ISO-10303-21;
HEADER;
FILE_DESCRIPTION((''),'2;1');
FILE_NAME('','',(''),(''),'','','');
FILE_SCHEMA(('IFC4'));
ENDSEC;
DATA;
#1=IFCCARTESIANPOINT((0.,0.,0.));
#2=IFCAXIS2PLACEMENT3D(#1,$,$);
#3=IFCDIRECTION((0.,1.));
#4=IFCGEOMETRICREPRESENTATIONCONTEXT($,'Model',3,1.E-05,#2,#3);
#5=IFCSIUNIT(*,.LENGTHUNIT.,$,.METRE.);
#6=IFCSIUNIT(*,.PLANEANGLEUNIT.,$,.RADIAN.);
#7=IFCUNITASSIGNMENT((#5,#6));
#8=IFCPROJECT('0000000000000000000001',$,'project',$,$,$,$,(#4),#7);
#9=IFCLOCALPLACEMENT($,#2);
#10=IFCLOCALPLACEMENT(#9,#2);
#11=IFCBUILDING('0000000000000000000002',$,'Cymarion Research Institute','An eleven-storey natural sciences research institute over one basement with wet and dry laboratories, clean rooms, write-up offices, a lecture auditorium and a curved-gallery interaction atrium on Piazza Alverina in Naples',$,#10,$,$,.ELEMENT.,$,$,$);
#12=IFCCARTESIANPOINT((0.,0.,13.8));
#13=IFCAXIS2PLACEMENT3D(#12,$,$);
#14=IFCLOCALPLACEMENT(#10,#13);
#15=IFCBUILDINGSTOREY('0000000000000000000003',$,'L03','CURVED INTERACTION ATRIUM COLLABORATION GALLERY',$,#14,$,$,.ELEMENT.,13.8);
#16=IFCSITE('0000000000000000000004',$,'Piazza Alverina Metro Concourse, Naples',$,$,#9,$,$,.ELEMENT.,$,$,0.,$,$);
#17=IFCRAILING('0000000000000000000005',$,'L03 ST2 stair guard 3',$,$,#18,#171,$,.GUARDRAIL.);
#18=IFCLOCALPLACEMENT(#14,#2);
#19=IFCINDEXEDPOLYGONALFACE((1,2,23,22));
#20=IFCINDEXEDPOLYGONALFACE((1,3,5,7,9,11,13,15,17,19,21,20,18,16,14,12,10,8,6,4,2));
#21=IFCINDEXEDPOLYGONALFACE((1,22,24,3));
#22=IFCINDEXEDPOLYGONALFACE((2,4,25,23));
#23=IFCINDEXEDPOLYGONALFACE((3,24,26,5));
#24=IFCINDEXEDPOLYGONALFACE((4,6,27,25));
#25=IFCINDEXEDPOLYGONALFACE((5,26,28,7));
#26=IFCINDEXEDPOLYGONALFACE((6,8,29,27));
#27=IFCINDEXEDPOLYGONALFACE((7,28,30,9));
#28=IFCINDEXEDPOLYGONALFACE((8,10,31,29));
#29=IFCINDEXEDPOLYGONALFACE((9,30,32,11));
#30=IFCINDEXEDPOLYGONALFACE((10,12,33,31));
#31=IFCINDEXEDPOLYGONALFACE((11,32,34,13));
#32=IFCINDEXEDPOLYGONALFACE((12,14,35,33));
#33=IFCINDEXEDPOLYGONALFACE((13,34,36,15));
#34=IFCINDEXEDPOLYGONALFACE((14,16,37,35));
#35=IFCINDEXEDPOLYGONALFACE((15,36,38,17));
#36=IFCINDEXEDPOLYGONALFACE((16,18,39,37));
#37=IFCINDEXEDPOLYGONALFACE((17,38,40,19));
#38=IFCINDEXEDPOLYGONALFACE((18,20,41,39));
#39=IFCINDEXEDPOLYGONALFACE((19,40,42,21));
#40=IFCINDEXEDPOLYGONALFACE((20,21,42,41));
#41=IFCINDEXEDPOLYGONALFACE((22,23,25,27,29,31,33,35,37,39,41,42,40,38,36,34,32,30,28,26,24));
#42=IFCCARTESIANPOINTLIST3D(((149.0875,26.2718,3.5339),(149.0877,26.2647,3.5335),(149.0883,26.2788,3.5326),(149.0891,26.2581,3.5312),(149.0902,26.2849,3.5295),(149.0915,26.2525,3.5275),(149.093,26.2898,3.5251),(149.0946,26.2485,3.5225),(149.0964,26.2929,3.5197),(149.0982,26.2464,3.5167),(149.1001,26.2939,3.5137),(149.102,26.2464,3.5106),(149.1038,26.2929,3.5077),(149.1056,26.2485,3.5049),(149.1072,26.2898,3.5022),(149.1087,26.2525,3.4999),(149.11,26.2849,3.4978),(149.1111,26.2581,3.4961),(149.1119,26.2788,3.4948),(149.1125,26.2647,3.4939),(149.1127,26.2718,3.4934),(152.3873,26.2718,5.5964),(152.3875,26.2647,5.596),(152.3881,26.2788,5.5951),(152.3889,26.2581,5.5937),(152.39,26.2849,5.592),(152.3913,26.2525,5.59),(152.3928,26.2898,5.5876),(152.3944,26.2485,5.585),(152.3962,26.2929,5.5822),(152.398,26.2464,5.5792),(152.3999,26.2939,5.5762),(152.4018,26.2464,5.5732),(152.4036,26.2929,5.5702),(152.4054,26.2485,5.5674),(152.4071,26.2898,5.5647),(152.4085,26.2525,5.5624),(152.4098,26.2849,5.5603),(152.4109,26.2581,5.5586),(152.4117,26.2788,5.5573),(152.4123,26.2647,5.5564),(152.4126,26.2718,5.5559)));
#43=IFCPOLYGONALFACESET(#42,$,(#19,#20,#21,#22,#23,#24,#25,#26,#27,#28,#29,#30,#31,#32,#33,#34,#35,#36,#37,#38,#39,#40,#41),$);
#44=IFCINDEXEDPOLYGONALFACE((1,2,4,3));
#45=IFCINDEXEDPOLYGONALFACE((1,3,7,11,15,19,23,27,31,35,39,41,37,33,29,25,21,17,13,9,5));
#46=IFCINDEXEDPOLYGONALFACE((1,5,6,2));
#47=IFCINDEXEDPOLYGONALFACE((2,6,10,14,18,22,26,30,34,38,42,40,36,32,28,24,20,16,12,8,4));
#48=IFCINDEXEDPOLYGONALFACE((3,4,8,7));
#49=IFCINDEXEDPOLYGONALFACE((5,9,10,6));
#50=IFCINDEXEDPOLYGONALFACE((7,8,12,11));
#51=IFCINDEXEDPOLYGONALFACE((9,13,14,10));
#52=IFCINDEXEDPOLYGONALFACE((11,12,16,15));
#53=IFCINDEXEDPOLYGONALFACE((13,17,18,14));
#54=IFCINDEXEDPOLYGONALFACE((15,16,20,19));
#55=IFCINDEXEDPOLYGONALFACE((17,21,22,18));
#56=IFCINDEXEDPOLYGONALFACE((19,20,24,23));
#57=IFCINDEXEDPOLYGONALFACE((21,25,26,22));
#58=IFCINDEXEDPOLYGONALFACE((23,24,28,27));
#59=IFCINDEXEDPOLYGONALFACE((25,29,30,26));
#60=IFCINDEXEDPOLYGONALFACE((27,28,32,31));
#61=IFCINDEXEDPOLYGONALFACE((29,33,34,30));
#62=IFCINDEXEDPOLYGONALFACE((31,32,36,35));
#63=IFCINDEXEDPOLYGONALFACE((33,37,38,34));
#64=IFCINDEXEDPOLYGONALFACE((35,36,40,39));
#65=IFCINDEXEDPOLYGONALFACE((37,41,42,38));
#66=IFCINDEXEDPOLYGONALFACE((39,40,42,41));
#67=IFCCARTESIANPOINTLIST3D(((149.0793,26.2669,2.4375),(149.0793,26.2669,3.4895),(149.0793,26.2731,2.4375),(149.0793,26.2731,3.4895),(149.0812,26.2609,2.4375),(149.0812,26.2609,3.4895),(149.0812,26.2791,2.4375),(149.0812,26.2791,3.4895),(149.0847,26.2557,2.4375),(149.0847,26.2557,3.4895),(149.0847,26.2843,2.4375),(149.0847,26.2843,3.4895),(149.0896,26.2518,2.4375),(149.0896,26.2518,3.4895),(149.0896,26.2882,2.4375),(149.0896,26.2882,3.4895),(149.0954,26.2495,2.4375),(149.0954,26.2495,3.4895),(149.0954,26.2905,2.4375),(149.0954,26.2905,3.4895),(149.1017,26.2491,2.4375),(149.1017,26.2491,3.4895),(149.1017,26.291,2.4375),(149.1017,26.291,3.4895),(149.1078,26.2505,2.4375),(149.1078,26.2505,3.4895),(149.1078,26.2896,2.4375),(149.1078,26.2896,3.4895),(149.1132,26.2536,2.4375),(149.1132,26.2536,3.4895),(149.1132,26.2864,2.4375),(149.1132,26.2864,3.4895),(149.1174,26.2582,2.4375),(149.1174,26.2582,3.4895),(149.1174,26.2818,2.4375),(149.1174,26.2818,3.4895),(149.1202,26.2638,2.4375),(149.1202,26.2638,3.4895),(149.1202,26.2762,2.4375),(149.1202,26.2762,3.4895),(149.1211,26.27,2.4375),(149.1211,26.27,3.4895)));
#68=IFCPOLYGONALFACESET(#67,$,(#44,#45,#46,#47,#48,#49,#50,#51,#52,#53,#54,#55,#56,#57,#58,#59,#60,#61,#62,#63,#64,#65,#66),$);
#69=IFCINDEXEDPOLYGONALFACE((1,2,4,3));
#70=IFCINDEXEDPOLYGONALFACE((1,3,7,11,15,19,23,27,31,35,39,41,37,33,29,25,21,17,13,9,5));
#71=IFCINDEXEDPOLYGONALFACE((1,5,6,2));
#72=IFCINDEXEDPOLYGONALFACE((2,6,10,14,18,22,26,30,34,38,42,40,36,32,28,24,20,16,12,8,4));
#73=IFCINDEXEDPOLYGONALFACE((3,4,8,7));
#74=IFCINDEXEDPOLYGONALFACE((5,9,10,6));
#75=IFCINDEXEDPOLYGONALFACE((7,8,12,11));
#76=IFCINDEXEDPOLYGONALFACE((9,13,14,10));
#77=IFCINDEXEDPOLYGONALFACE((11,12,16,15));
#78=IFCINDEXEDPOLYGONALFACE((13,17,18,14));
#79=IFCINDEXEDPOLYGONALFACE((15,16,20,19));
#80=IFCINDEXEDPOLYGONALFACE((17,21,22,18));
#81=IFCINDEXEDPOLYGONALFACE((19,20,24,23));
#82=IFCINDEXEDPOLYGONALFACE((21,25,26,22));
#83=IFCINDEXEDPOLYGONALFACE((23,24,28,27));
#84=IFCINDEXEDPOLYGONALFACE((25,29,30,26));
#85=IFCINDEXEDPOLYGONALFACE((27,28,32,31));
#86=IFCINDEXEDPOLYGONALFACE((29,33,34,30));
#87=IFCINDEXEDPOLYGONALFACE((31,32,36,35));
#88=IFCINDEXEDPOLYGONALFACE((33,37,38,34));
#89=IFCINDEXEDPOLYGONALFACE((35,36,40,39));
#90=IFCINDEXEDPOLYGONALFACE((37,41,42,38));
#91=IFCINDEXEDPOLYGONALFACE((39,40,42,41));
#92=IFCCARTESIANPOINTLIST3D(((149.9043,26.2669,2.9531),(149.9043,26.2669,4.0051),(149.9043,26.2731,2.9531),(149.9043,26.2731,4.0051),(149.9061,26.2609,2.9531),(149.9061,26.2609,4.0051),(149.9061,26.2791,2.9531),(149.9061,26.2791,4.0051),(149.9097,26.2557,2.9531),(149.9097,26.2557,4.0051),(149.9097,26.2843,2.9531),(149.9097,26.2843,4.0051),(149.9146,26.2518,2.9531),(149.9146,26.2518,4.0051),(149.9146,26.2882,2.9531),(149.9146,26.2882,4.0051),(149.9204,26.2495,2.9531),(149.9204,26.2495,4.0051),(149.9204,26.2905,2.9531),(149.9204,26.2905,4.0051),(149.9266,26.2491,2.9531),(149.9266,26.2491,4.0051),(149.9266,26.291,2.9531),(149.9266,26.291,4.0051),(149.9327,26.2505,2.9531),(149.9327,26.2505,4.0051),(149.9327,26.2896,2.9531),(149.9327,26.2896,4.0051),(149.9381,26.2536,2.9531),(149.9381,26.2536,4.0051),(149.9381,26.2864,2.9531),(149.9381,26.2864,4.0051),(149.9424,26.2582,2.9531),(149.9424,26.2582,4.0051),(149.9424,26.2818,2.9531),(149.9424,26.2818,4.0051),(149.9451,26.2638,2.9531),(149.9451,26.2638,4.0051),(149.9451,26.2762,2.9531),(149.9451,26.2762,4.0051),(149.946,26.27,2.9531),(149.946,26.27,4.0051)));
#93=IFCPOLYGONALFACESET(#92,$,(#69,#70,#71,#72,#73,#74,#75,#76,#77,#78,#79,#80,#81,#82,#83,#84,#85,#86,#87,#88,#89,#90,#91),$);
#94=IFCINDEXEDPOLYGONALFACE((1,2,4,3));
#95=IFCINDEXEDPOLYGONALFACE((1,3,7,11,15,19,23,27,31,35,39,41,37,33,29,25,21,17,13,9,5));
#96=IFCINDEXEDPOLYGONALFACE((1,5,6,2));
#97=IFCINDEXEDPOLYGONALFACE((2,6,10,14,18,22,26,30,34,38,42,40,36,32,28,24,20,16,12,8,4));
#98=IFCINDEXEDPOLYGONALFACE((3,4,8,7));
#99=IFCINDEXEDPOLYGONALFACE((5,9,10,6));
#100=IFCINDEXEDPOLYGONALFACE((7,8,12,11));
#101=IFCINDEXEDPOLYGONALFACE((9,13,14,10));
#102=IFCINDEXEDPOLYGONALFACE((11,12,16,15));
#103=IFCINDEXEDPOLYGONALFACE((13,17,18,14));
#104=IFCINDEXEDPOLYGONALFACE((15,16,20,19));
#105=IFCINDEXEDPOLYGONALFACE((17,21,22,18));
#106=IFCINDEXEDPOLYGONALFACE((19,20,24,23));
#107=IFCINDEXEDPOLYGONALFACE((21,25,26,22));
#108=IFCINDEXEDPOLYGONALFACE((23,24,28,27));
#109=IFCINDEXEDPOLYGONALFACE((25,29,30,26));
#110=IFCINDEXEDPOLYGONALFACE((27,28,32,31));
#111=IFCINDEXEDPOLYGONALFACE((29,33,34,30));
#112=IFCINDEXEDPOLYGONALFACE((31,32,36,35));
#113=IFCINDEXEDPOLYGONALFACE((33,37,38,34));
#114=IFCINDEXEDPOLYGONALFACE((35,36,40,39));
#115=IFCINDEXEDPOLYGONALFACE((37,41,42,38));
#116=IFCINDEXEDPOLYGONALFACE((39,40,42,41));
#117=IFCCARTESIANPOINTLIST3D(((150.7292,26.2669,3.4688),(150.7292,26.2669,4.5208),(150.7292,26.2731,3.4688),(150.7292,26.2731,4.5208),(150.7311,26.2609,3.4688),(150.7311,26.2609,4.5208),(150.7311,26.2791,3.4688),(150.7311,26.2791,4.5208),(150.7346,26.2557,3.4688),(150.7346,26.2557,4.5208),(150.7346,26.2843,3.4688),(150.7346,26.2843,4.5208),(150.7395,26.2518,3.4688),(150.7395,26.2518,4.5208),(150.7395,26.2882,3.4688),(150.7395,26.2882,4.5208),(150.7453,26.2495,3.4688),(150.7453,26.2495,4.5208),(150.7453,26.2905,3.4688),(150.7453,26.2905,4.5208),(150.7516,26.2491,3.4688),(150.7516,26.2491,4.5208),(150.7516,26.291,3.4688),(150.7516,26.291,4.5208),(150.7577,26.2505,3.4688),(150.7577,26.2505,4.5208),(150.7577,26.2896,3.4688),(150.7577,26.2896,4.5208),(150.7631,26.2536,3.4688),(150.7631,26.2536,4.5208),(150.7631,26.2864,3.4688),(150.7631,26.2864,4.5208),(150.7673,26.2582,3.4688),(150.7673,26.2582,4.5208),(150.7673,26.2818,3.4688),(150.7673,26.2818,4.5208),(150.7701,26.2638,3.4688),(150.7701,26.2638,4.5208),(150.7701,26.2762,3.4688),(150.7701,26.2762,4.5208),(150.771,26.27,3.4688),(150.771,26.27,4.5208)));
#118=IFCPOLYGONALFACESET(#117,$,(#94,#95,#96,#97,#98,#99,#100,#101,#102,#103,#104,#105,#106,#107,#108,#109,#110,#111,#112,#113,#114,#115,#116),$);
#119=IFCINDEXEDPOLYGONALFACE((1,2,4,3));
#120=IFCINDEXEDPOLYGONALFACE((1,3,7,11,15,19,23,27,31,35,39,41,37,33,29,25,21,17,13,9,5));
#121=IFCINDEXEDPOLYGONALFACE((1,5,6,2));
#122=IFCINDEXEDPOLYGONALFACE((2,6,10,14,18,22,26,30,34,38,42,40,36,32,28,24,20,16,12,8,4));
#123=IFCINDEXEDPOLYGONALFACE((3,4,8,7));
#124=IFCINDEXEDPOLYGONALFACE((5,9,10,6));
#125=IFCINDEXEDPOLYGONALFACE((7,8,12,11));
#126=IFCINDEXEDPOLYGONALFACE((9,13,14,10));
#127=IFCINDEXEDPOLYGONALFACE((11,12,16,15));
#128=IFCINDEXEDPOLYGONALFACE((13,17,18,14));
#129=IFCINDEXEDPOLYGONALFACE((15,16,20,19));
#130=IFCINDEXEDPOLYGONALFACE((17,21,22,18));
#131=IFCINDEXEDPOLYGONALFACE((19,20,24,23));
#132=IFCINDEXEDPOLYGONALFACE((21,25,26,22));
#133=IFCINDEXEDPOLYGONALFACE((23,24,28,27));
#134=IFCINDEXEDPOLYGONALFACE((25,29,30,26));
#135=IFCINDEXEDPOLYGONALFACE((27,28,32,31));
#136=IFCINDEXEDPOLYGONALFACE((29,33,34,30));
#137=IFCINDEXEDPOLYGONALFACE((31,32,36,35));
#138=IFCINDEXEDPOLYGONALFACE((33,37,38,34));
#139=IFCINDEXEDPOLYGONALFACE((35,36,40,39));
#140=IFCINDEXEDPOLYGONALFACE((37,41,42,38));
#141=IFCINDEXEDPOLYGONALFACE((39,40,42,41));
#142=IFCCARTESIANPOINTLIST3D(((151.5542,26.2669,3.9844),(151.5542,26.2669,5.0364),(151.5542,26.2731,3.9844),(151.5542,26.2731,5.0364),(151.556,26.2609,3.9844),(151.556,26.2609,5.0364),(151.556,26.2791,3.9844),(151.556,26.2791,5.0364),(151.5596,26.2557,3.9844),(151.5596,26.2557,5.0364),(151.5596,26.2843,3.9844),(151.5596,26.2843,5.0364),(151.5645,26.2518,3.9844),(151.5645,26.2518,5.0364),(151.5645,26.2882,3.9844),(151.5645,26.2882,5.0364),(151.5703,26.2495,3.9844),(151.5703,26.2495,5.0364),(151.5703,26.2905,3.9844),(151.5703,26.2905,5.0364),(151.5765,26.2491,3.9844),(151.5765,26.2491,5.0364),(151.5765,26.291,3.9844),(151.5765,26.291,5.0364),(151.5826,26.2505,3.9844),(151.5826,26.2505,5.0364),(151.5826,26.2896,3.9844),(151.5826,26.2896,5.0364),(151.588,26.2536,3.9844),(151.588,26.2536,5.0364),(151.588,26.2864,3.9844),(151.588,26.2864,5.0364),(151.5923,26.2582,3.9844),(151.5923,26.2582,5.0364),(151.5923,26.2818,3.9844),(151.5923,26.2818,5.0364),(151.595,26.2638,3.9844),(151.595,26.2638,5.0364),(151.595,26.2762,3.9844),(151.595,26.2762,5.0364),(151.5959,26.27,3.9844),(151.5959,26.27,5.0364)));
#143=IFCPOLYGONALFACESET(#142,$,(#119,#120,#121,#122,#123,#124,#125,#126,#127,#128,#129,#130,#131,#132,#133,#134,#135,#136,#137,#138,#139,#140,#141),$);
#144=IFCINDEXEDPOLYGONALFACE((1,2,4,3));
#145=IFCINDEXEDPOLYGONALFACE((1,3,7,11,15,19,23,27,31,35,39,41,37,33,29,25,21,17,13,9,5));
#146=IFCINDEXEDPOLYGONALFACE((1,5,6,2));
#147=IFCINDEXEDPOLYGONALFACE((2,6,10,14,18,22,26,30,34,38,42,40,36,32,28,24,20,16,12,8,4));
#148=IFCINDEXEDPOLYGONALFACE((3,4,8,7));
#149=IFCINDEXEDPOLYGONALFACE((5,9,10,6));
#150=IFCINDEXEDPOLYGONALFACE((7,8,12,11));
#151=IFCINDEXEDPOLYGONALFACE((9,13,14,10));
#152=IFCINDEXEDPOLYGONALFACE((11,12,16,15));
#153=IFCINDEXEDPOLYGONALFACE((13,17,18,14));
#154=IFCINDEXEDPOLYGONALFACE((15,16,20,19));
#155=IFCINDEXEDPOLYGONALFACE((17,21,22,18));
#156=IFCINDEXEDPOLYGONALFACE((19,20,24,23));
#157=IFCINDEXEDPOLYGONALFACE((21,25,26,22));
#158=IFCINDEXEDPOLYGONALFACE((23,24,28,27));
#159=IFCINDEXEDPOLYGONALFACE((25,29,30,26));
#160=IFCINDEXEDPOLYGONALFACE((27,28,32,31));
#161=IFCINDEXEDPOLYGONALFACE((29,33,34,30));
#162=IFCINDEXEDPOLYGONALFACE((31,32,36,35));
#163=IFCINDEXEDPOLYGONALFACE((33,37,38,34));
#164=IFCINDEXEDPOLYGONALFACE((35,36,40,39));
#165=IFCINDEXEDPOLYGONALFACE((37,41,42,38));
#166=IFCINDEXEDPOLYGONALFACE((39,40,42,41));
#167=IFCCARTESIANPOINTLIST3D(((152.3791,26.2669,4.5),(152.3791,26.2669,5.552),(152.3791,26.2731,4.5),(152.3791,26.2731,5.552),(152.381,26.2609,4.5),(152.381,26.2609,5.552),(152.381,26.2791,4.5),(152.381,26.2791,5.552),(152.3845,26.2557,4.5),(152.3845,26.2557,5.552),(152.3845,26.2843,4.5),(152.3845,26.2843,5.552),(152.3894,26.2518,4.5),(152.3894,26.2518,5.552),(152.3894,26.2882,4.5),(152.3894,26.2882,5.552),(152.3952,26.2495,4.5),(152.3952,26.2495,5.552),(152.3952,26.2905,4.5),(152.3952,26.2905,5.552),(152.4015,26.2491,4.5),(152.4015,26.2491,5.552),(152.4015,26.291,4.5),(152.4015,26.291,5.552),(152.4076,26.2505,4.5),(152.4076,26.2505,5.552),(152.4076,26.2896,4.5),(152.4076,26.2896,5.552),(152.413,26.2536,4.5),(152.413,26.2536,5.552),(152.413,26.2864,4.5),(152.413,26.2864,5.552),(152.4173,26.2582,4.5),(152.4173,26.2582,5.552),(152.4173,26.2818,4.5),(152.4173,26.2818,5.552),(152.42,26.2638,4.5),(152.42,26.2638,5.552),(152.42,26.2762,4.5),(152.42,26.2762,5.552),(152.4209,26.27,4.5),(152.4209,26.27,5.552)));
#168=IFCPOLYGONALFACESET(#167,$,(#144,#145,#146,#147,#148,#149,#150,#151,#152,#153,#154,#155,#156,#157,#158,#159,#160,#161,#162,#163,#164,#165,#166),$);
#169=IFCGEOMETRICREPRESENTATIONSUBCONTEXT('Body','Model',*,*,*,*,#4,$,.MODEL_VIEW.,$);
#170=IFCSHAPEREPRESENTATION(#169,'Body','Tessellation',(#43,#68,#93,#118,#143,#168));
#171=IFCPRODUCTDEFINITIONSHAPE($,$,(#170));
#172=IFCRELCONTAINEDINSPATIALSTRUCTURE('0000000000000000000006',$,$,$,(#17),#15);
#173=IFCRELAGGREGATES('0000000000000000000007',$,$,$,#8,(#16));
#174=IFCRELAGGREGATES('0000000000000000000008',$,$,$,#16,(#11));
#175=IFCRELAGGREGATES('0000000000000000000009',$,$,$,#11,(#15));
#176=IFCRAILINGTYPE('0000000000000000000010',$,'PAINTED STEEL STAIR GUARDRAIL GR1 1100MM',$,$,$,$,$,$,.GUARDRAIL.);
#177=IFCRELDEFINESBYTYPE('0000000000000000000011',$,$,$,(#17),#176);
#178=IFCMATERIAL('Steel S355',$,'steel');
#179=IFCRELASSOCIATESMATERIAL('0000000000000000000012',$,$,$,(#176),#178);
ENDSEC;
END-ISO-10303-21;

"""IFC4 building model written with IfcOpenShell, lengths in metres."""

from ifc_helpers import new_model, si_unit, direction, frame, origin, origin_2d, place, context, subcontext, project, spatial, circle, extrude, material, type_object, element, save


model = new_model("IFC4")

# Units and contexts
model_context = context("Model", 3, precision=1e-05, world=origin(), true_north=direction((0.0, 1.0)))
body_context = subcontext(model_context, "Body", "Model", "MODEL_VIEW")
ifc_project = project(units=[si_unit("LENGTHUNIT", "METRE"), si_unit("PLANEANGLEUNIT", "RADIAN")], contexts=[model_context])

# Site, building, storey
site_placement = place(None, origin())
site = spatial("IfcSite", under=ifc_project, at=site_placement, Name="Piazza Alverina Metro Concourse, Naples", CompositionType="ELEMENT", RefElevation=0.0)
building_placement = place(site_placement, origin())
building = spatial("IfcBuilding", under=site, at=building_placement, Name="Cymarion Research Institute", Description="An eleven-storey natural sciences research institute over one basement with wet and dry laboratories, clean rooms, write-up offices, a lecture auditorium and a curved-gallery interaction atrium on Piazza Alverina in Naples", CompositionType="ELEMENT")
storey_placement = place(building_placement, frame((0.0, 0.0, 13.8)))
storey = spatial("IfcBuildingStorey", under=building, at=storey_placement, Name="L03", Description="CURVED INTERACTION ATRIUM COLLABORATION GALLERY", CompositionType="ELEMENT", Elevation=13.8)

# Shared definitions
ifc_material_1 = material(Name="Steel S355", Category="steel")

# Railing
railing_type_1 = type_object("IfcRailingType", Name="PAINTED STEEL STAIR GUARDRAIL GR1 1100MM", PredefinedType="GUARDRAIL", material=ifc_material_1)
railing_1_placement = place(storey_placement, frame((149.1001, 26.27, 2.4375)))
element("IfcRailing", 1, at=railing_1_placement, inside=storey, type_object=railing_type_1, Name="L03 ST2 stair guard 3", PredefinedType="GUARDRAIL", context=body_context, shape_type="SweptSolid", body=[
    extrude(circle(Radius=0.0239, at=origin_2d()), frame((0.0, 0.0, 1.0762), z_axis=(0.847984, 0.0, 0.530021), x_axis=(0.0, 1.0, 0.0)), (0.0, 0.0, 1.0), 3.8914),
    extrude(circle(Radius=0.021, at=origin_2d()), origin(), (0.0, 0.0, 1.0), 1.052),
    extrude(circle(Radius=0.021, at=origin_2d()), frame((0.825, 0.0, 0.5156)), (0.0, 0.0, 1.0), 1.052),
    extrude(circle(Radius=0.021, at=origin_2d()), frame((1.6499, 0.0, 1.0312)), (0.0, 0.0, 1.0), 1.052),
    extrude(circle(Radius=0.021, at=origin_2d()), frame((2.4749, 0.0, 1.5469)), (0.0, 0.0, 1.0), 1.052),
    extrude(circle(Radius=0.021, at=origin_2d()), frame((3.2998, 0.0, 2.0625)), (0.0, 0.0, 1.0), 1.052),
])

save(model, "model.ifc")
